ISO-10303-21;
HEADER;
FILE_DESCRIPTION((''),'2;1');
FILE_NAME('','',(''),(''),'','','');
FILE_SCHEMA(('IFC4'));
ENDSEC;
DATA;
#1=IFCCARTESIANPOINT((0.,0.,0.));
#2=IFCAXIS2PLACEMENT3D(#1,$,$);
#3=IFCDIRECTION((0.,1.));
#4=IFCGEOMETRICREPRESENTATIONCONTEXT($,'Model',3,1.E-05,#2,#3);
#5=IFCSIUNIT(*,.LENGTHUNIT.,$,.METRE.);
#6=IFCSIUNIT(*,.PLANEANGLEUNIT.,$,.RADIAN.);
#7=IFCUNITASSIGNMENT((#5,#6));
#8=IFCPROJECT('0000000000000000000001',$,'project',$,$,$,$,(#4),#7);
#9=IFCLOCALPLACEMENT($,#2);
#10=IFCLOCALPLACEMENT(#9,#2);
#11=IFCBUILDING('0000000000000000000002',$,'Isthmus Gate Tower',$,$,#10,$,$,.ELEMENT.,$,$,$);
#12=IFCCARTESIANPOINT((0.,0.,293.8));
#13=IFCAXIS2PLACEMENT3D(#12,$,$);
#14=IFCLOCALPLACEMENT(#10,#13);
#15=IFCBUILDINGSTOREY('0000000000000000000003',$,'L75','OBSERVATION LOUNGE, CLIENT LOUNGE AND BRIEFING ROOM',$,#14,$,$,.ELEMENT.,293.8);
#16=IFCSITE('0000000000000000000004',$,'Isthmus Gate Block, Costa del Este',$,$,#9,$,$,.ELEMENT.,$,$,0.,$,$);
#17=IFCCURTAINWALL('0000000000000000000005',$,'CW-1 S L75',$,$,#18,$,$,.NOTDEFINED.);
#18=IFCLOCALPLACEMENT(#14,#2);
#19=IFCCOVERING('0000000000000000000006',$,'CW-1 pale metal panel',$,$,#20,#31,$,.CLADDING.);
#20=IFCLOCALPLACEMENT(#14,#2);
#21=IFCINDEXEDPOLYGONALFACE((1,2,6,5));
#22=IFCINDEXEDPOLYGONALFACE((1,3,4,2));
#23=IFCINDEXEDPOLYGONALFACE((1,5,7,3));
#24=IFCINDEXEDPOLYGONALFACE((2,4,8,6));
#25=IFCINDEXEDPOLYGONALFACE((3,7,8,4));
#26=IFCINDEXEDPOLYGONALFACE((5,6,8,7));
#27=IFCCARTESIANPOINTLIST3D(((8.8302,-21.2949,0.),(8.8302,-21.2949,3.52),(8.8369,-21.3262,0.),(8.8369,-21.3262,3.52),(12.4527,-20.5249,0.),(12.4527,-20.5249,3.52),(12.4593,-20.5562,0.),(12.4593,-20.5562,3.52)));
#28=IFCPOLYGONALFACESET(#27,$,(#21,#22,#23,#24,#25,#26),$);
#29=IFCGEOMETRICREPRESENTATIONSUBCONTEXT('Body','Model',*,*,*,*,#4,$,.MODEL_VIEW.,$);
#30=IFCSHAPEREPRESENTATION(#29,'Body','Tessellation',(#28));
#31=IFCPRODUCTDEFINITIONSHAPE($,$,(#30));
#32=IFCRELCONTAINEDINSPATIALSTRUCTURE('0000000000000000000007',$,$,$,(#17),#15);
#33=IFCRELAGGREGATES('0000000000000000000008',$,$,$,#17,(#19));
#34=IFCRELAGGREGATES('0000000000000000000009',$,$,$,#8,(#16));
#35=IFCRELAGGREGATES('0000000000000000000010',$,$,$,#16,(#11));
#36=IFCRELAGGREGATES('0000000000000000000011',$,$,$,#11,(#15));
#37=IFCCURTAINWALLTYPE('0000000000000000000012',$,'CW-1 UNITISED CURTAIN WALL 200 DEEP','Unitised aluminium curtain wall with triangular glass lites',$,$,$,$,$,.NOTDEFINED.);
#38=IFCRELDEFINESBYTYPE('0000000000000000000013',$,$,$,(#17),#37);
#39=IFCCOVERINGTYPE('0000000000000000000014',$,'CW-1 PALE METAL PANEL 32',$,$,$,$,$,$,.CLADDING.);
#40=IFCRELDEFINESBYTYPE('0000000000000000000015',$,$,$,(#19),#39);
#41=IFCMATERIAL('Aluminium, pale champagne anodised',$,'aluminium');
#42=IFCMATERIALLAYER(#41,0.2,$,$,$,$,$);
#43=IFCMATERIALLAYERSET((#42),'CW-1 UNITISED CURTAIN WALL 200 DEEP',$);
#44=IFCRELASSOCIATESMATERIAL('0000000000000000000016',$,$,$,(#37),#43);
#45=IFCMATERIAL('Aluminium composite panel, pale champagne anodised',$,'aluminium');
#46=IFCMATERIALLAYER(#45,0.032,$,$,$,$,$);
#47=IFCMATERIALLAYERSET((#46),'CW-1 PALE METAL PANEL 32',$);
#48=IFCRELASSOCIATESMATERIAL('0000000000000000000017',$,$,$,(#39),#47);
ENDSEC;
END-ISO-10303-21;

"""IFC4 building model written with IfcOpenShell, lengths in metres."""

from ifc_helpers import new_model, si_unit, direction, frame, origin, origin_2d, place, context, subcontext, project, spatial, rectangle, extrude, material, layer, layer_set, type_object, element, aggregate, save


model = new_model("IFC4")

# Units and contexts
model_context = context("Model", 3, precision=1e-05, world=origin(), true_north=direction((0.0, 1.0)))
body_context = subcontext(model_context, "Body", "Model", "MODEL_VIEW")
ifc_project = project(units=[si_unit("LENGTHUNIT", "METRE"), si_unit("PLANEANGLEUNIT", "RADIAN")], contexts=[model_context])

# Site, building, storey
site_placement = place(None, origin())
site = spatial("IfcSite", under=ifc_project, at=site_placement, Name="Isthmus Gate Block, Costa del Este", CompositionType="ELEMENT", RefElevation=0.0)
building_placement = place(site_placement, origin())
building = spatial("IfcBuilding", under=site, at=building_placement, Name="Isthmus Gate Tower", CompositionType="ELEMENT")
storey_placement = place(building_placement, frame((0.0, 0.0, 293.8)))
storey = spatial("IfcBuildingStorey", under=building, at=storey_placement, Name="L75", Description="OBSERVATION LOUNGE, CLIENT LOUNGE AND BRIEFING ROOM", CompositionType="ELEMENT", Elevation=293.8)

# Curtain wall
ifc_material_1 = material(Name="Aluminium, pale champagne anodised", Category="aluminium")
ifc_layer_1 = layer(ifc_material_1, 0.2)
ifc_layer_set_1 = layer_set([ifc_layer_1], Name="CW-1 UNITISED CURTAIN WALL 200 DEEP")
curtain_wall_type = type_object("IfcCurtainWallType", Name="CW-1 UNITISED CURTAIN WALL 200 DEEP", Description="Unitised aluminium curtain wall with triangular glass lites", PredefinedType="NOTDEFINED", material=ifc_layer_set_1)
curtain_wall_placement = place(storey_placement, origin())
curtain_wall = element("IfcCurtainWall", 1, at=curtain_wall_placement, inside=storey, type_object=curtain_wall_type, Name="CW-1 S L75", PredefinedType="NOTDEFINED")

# Covering
ifc_material_2 = material(Name="Aluminium composite panel, pale champagne anodised", Category="aluminium")
ifc_layer_2 = layer(ifc_material_2, 0.032)
ifc_layer_set_2 = layer_set([ifc_layer_2], Name="CW-1 PALE METAL PANEL 32")
covering_type = type_object("IfcCoveringType", Name="CW-1 PALE METAL PANEL 32", PredefinedType="CLADDING", material=ifc_layer_set_2)
covering_1_placement = place(storey_placement, frame((10.6448, -20.9255, 0.0), z_axis=(0.0, 0.0, 1.0), x_axis=(0.978148, 0.207912, 0.0)))
covering_1 = element("IfcCovering", 2, at=covering_1_placement, type_object=covering_type, Name="CW-1 pale metal panel", PredefinedType="CLADDING", context=body_context, shape_type="SweptSolid", body=[
    extrude(rectangle(XDim=3.7034, YDim=0.032, at=origin_2d()), origin(), (0.0, 0.0, 1.0), 3.52),
])
aggregate(curtain_wall, [covering_1])

save(model, "model.ifc")
